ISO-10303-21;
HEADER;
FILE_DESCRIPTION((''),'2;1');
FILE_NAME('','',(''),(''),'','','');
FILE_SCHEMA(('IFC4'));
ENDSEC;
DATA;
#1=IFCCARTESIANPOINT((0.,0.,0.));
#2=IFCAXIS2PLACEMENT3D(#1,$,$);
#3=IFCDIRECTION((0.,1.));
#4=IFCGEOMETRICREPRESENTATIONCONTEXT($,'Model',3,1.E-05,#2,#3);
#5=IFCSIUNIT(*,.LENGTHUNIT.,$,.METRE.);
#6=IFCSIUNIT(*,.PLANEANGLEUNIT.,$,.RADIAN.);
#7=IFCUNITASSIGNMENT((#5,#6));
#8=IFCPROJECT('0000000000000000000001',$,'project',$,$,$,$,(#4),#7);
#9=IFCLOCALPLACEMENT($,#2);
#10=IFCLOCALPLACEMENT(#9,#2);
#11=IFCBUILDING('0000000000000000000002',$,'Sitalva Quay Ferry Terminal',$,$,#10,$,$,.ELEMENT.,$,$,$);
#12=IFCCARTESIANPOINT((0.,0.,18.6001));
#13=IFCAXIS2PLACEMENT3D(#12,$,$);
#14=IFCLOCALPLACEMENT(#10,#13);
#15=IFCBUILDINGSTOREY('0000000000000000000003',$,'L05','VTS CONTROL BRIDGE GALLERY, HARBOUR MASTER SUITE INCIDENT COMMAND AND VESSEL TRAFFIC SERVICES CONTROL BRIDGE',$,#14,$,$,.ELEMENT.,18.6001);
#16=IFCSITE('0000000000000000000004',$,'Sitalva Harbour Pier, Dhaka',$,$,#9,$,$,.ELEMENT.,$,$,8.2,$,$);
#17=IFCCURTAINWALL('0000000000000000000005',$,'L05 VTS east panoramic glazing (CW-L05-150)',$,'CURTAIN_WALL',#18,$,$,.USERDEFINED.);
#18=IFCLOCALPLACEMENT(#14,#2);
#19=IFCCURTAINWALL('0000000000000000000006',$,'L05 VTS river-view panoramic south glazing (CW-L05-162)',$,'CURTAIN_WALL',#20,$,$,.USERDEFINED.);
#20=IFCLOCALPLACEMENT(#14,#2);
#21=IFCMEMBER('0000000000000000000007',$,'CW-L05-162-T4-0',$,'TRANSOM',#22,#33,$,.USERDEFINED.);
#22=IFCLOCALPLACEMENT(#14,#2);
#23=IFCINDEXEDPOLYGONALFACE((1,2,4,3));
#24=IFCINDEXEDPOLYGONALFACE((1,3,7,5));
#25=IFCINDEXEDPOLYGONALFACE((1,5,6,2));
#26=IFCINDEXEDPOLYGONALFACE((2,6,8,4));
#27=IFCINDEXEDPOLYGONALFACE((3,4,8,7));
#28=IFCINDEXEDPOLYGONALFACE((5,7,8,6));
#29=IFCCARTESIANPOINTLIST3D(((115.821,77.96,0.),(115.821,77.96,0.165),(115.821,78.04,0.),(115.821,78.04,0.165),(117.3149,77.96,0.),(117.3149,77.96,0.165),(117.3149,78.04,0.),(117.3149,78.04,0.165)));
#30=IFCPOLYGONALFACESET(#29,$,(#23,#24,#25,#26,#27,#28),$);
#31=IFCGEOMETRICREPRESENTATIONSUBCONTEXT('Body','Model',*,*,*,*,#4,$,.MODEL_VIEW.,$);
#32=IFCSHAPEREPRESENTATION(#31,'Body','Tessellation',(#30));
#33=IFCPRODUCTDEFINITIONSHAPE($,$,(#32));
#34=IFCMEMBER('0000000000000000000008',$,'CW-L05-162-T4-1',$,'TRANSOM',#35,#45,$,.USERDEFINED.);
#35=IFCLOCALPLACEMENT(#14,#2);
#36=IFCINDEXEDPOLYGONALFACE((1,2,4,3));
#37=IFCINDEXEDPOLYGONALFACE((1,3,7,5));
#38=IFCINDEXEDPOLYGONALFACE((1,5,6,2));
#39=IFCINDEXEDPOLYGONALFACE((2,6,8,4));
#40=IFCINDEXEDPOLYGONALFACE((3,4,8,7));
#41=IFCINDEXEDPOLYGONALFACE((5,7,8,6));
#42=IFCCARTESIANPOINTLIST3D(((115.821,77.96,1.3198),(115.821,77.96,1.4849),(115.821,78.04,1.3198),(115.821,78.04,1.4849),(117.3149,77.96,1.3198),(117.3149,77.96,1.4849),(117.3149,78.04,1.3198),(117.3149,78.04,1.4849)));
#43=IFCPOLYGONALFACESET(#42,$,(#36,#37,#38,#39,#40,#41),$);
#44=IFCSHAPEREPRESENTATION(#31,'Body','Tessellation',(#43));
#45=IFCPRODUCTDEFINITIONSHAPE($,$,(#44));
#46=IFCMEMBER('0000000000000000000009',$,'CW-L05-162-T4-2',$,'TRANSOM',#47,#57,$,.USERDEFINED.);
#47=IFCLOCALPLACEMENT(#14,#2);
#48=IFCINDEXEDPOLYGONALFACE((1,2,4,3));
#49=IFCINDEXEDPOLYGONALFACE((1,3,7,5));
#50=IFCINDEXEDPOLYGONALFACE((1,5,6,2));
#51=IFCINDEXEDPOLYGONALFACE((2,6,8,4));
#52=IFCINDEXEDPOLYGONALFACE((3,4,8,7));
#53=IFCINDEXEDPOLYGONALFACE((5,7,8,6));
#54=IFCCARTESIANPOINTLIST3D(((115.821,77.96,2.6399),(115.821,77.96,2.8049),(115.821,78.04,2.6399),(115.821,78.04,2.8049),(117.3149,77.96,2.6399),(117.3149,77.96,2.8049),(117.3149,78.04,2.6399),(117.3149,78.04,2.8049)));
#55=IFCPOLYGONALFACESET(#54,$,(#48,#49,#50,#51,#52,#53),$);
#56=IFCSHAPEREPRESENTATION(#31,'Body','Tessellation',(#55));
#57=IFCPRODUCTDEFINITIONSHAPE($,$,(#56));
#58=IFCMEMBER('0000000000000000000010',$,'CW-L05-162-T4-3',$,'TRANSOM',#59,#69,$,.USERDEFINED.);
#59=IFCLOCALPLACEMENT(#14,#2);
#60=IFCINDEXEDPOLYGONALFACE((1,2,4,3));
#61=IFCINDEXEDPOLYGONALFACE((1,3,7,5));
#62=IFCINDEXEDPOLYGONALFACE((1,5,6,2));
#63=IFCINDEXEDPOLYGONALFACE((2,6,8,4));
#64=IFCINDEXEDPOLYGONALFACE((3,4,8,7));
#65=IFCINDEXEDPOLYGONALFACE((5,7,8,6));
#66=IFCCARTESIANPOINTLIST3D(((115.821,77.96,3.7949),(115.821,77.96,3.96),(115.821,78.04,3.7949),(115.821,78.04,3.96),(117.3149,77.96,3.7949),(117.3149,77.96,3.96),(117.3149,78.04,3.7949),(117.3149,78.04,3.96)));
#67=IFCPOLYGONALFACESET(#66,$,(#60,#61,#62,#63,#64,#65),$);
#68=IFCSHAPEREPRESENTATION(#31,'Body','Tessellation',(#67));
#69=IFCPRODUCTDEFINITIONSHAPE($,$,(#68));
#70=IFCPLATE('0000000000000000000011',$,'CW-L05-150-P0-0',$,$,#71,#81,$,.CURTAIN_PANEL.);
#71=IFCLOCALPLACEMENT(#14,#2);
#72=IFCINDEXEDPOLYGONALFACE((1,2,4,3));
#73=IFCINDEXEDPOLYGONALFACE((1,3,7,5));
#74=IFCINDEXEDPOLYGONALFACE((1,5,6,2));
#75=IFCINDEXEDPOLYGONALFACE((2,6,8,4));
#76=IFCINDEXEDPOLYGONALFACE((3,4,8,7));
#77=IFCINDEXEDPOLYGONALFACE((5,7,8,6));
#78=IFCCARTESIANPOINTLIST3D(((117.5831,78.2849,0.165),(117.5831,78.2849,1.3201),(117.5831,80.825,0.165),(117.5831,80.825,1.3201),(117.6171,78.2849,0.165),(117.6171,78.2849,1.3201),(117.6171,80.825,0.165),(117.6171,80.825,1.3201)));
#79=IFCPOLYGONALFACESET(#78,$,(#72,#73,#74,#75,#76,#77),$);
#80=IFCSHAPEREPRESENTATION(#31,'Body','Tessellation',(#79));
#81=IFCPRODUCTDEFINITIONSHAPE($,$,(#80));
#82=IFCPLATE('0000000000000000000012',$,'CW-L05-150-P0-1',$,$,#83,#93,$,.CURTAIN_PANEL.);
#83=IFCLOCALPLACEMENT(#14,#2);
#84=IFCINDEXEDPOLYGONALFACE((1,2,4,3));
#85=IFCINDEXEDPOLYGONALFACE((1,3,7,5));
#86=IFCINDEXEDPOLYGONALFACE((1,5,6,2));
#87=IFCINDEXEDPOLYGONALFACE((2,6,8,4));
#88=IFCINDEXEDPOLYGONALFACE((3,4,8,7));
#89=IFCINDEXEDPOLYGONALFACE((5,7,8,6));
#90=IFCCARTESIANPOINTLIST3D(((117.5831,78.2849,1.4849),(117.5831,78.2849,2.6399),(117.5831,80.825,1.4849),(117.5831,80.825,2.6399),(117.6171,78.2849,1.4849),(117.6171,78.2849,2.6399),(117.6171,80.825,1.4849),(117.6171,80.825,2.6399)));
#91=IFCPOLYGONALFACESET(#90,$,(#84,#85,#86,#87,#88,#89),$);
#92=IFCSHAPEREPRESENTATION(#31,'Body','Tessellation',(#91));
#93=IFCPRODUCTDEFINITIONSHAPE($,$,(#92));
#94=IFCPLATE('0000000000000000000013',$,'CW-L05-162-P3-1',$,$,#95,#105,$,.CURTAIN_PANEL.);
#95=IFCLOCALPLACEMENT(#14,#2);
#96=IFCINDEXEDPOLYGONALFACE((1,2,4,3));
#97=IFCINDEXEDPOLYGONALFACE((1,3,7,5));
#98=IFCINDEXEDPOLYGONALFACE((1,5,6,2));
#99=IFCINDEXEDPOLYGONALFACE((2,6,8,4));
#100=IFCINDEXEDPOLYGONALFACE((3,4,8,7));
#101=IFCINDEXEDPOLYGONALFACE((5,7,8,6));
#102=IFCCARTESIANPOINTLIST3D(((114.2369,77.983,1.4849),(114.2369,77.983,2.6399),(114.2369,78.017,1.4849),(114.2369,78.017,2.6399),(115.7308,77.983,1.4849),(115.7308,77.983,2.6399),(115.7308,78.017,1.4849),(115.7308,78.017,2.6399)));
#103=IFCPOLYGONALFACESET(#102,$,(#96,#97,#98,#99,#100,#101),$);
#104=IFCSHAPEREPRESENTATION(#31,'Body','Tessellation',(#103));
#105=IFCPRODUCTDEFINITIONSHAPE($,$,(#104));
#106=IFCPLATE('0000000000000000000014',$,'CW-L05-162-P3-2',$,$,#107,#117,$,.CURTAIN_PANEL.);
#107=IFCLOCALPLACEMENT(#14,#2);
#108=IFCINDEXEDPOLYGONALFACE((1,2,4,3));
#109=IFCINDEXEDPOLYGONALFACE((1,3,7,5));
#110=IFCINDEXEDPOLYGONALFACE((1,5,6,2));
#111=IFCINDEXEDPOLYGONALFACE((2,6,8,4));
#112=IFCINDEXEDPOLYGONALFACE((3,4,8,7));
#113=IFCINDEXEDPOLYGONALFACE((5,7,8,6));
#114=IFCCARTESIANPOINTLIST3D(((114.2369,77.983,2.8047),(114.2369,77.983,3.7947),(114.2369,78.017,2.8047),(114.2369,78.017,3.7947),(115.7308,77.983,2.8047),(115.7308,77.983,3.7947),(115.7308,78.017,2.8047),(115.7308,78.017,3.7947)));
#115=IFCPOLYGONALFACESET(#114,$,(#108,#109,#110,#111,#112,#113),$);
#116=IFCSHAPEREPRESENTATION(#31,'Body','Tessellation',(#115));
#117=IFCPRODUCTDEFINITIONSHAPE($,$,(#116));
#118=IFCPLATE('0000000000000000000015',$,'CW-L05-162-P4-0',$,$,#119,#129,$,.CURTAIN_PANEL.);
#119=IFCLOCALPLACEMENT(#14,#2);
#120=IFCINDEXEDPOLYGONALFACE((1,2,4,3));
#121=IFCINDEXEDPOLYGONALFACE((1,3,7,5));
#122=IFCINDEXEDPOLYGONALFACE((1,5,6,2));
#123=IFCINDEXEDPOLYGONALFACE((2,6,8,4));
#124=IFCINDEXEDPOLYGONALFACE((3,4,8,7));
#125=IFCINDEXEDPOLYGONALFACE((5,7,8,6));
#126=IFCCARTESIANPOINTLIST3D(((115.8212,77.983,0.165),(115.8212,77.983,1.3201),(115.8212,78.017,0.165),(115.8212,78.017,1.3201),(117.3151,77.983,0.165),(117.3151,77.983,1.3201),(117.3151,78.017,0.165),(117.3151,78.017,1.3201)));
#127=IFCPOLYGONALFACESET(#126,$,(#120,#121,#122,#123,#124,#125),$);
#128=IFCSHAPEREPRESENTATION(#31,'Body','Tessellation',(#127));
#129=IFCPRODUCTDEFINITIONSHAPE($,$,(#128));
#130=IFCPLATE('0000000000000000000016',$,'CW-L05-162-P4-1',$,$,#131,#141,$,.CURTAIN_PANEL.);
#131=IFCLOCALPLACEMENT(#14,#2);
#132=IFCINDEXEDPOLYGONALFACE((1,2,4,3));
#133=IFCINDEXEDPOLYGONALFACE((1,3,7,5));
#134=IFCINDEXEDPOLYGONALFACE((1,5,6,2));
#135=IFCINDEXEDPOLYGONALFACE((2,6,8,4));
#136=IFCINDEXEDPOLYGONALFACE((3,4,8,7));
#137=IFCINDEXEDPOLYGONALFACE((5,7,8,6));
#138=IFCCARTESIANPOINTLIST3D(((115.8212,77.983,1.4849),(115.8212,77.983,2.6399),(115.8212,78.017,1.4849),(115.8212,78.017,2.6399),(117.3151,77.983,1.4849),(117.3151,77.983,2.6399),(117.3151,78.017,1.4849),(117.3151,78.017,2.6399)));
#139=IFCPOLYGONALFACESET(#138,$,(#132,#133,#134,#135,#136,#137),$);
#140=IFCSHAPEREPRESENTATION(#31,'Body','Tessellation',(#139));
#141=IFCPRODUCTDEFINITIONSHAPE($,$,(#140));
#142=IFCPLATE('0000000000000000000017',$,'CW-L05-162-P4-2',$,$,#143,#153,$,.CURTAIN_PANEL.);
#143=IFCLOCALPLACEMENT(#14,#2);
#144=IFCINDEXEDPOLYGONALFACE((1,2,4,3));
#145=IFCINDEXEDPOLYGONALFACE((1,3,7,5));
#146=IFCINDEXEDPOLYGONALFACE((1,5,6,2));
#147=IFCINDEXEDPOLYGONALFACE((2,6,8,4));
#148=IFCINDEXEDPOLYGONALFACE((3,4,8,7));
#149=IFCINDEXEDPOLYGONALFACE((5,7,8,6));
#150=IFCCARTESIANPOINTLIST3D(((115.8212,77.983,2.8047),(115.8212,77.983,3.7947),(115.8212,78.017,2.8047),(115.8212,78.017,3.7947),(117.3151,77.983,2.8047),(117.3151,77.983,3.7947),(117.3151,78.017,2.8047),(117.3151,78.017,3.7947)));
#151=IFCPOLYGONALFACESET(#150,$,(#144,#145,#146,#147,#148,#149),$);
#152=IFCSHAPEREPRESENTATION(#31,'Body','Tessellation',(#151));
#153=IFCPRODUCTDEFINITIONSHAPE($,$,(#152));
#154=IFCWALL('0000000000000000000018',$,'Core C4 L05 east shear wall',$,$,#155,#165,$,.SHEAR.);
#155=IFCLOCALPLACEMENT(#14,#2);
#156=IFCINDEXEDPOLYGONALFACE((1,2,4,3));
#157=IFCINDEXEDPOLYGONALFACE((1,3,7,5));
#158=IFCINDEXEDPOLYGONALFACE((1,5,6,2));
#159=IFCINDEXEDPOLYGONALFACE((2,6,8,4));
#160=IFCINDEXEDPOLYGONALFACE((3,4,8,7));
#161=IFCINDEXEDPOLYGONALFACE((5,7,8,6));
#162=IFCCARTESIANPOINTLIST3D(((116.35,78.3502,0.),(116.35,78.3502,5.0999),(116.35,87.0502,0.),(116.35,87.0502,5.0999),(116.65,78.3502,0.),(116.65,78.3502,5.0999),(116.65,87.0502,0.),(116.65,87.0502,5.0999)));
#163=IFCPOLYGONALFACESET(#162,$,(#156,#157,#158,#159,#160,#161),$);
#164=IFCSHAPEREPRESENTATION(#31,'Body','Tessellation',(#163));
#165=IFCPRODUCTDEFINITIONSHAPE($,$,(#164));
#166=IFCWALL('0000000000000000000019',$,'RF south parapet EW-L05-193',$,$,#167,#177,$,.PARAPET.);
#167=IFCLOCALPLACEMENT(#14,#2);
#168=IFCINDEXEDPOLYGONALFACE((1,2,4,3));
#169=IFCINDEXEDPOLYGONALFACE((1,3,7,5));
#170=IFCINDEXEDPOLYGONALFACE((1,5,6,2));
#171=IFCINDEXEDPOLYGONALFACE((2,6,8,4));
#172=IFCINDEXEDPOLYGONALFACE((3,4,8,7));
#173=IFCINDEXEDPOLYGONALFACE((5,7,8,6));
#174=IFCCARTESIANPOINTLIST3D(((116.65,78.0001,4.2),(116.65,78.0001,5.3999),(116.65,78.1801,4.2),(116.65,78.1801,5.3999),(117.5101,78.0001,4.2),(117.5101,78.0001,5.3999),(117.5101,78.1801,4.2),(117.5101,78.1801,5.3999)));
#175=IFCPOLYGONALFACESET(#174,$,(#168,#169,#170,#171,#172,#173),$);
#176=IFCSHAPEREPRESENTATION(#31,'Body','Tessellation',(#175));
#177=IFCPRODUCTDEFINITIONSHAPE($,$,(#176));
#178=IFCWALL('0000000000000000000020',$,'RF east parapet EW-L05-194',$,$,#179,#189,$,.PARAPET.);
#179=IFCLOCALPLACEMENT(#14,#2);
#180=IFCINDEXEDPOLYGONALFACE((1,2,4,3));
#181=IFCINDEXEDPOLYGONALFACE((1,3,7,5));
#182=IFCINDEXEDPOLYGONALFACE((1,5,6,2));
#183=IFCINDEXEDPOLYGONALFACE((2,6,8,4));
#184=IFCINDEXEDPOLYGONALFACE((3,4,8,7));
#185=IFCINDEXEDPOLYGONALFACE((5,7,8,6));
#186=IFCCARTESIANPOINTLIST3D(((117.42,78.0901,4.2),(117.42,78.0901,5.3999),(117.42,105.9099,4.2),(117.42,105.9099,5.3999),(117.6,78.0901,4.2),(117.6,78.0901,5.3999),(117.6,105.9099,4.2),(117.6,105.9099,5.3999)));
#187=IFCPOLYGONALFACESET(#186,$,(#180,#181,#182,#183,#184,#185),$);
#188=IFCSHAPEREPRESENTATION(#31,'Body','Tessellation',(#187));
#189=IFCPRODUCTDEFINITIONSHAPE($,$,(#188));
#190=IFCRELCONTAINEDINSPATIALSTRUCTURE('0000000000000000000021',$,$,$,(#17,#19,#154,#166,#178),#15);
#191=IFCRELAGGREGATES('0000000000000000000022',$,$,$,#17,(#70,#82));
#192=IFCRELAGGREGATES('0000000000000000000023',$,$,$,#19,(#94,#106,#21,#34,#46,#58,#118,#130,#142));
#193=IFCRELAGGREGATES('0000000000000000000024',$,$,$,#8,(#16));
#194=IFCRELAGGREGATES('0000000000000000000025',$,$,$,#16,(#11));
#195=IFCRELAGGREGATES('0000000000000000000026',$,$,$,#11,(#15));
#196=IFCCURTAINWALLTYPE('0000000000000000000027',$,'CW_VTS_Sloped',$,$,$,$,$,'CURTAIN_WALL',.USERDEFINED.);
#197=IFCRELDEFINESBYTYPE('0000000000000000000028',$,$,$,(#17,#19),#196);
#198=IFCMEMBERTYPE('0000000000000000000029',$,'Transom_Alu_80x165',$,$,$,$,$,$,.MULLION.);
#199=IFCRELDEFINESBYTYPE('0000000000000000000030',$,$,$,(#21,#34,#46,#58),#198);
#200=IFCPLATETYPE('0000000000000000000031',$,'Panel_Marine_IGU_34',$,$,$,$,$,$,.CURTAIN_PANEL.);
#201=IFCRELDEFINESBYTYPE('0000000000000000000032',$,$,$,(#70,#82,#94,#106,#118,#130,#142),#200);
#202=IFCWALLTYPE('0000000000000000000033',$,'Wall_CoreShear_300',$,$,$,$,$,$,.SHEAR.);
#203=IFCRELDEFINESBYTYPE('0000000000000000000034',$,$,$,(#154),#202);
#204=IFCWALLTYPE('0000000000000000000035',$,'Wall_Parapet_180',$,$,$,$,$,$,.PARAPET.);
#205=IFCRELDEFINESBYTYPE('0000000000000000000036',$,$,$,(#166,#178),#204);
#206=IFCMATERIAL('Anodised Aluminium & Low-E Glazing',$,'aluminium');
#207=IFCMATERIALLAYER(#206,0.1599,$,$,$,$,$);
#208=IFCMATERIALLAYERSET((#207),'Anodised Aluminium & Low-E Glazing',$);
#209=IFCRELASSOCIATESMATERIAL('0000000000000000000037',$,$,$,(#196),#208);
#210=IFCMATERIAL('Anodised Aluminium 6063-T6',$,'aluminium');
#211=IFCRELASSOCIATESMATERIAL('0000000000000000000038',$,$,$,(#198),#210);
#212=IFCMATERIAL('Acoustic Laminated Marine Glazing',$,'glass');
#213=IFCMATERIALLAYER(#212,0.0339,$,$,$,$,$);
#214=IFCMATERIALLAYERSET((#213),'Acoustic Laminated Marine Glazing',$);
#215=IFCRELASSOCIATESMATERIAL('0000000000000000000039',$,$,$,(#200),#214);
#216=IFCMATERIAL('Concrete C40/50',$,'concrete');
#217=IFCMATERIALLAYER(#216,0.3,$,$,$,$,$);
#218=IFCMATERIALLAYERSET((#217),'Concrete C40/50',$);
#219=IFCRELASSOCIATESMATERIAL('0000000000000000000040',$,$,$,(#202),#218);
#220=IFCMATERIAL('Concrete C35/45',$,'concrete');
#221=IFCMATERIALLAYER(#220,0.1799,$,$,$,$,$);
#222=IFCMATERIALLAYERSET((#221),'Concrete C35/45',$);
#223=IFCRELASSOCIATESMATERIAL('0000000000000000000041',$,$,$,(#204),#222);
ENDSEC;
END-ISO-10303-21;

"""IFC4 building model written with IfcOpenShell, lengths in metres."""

from ifc_helpers import new_model, si_unit, direction, frame, frame_2d, origin, origin_2d, place, context, subcontext, project, spatial, rectangle, extrude, material, layer, layer_set, material_profile, profile_set, type_object, element, aggregate, save


model = new_model("IFC4")

# Units and contexts
model_context = context("Model", 3, precision=1e-05, world=origin(), true_north=direction((0.0, 1.0)))
body_context = subcontext(model_context, "Body", "Model", "MODEL_VIEW")
ifc_project = project(units=[si_unit("LENGTHUNIT", "METRE"), si_unit("PLANEANGLEUNIT", "RADIAN")], contexts=[model_context])

# Site, building, storey
site_placement = place(None, origin())
site = spatial("IfcSite", under=ifc_project, at=site_placement, Name="Sitalva Harbour Pier, Dhaka", CompositionType="ELEMENT", RefElevation=8.2)
building_placement = place(site_placement, origin())
building = spatial("IfcBuilding", under=site, at=building_placement, Name="Sitalva Quay Ferry Terminal", CompositionType="ELEMENT")
storey_placement = place(building_placement, frame((0.0, 0.0, 18.6001)))
storey = spatial("IfcBuildingStorey", under=building, at=storey_placement, Name="L05", Description="VTS CONTROL BRIDGE GALLERY, HARBOUR MASTER SUITE INCIDENT COMMAND AND VESSEL TRAFFIC SERVICES CONTROL BRIDGE", CompositionType="ELEMENT", Elevation=18.6001)

# Curtain wall
ifc_material_1 = material(Name="Anodised Aluminium & Low-E Glazing", Category="aluminium")
ifc_layer_1 = layer(ifc_material_1, 0.1599)
ifc_layer_set_1 = layer_set([ifc_layer_1], Name="Anodised Aluminium & Low-E Glazing")
curtain_wall_type = type_object("IfcCurtainWallType", Name="CW_VTS_Sloped", ElementType="CURTAIN_WALL", PredefinedType="USERDEFINED", material=ifc_layer_set_1)
curtain_wall_1_placement = place(storey_placement, origin())
curtain_wall_1 = element("IfcCurtainWall", 1, at=curtain_wall_1_placement, inside=storey, type_object=curtain_wall_type, Name="L05 VTS east panoramic glazing (CW-L05-150)", ObjectType="CURTAIN_WALL", PredefinedType="USERDEFINED")

# Curtain wall
curtain_wall_2_placement = place(storey_placement, origin())
curtain_wall_2 = element("IfcCurtainWall", 2, at=curtain_wall_2_placement, inside=storey, type_object=curtain_wall_type, Name="L05 VTS river-view panoramic south glazing (CW-L05-162)", ObjectType="CURTAIN_WALL", PredefinedType="USERDEFINED")

# Members
ifc_material_2 = material(Name="Anodised Aluminium 6063-T6", Category="aluminium")
ifc_material_profile_1 = material_profile(ifc_material_2, rectangle(XDim=0.0801, YDim=0.165, at=origin_2d()), Name="ALU80x165")
ifc_profile_set_1 = profile_set([ifc_material_profile_1], Name="Anodised Aluminium 6063-T6")
member_type_1 = type_object("IfcMemberType", Name="Transom_Alu_80x165", PredefinedType="MULLION", material=ifc_profile_set_1)
member_1_placement = place(storey_placement, frame((115.821, 78.0, 0.0825), z_axis=(1.0, 0.0, 0.0), x_axis=(0.0, 1.0, 0.0)))
member_1 = element("IfcMember", 3, at=member_1_placement, type_object=member_type_1, Name="CW-L05-162-T4-0", ObjectType="TRANSOM", PredefinedType="USERDEFINED", context=body_context, shape_type="SweptSolid", body=[
    extrude(rectangle(XDim=0.0801, YDim=0.165, at=origin_2d()), origin(), (0.0, 0.0, 1.0), 1.4939),
])
member_2_placement = place(storey_placement, frame((115.821, 78.0, 1.4023), z_axis=(1.0, 0.0, 0.0), x_axis=(0.0, 1.0, 0.0)))
member_2 = element("IfcMember", 4, at=member_2_placement, type_object=member_type_1, Name="CW-L05-162-T4-1", ObjectType="TRANSOM", PredefinedType="USERDEFINED", context=body_context, shape_type="SweptSolid", body=[
    extrude(rectangle(XDim=0.0801, YDim=0.165, at=origin_2d()), origin(), (0.0, 0.0, 1.0), 1.4939),
])
member_3_placement = place(storey_placement, frame((115.821, 78.0, 2.7224), z_axis=(1.0, 0.0, 0.0), x_axis=(0.0, 1.0, 0.0)))
member_3 = element("IfcMember", 5, at=member_3_placement, type_object=member_type_1, Name="CW-L05-162-T4-2", ObjectType="TRANSOM", PredefinedType="USERDEFINED", context=body_context, shape_type="SweptSolid", body=[
    extrude(rectangle(XDim=0.0801, YDim=0.165, at=origin_2d()), origin(), (0.0, 0.0, 1.0), 1.4939),
])
member_4_placement = place(storey_placement, frame((115.821, 78.0, 3.8774), z_axis=(1.0, 0.0, 0.0), x_axis=(0.0, 1.0, 0.0)))
member_4 = element("IfcMember", 6, at=member_4_placement, type_object=member_type_1, Name="CW-L05-162-T4-3", ObjectType="TRANSOM", PredefinedType="USERDEFINED", context=body_context, shape_type="SweptSolid", body=[
    extrude(rectangle(XDim=0.0801, YDim=0.165, at=origin_2d()), origin(), (0.0, 0.0, 1.0), 1.4939),
])

# Plates
ifc_material_3 = material(Name="Acoustic Laminated Marine Glazing", Category="glass")
ifc_layer_2 = layer(ifc_material_3, 0.0339)
ifc_layer_set_2 = layer_set([ifc_layer_2], Name="Acoustic Laminated Marine Glazing")
plate_type = type_object("IfcPlateType", Name="Panel_Marine_IGU_34", PredefinedType="CURTAIN_PANEL", material=ifc_layer_set_2)
plate_1_placement = place(storey_placement, frame((117.6001, 79.5549, 0.165), z_axis=(0.0, 0.0, 1.0), x_axis=(0.0, 1.0, 0.0)))
plate_1 = element("IfcPlate", 7, at=plate_1_placement, type_object=plate_type, Name="CW-L05-150-P0-0", PredefinedType="CURTAIN_PANEL", context=body_context, shape_type="SweptSolid", body=[
    extrude(rectangle(XDim=2.54, YDim=0.0339, at=origin_2d()), origin(), (0.0, 0.0, 1.0), 1.155),
])
plate_2_placement = place(storey_placement, frame((117.6001, 79.5549, 1.4849), z_axis=(0.0, 0.0, 1.0), x_axis=(0.0, 1.0, 0.0)))
plate_2 = element("IfcPlate", 8, at=plate_2_placement, type_object=plate_type, Name="CW-L05-150-P0-1", PredefinedType="CURTAIN_PANEL", context=body_context, shape_type="SweptSolid", body=[
    extrude(rectangle(XDim=2.54, YDim=0.0339, at=origin_2d()), origin(), (0.0, 0.0, 1.0), 1.155),
])
aggregate(curtain_wall_1, [plate_1, plate_2])
plate_3_placement = place(storey_placement, frame((114.9839, 78.0, 1.4849), z_axis=(0.0, 0.0, 1.0), x_axis=(1.0, 0.0, 0.0)))
plate_3 = element("IfcPlate", 9, at=plate_3_placement, type_object=plate_type, Name="CW-L05-162-P3-1", PredefinedType="CURTAIN_PANEL", context=body_context, shape_type="SweptSolid", body=[
    extrude(rectangle(XDim=1.4939, YDim=0.0339, at=origin_2d()), origin(), (0.0, 0.0, 1.0), 1.155),
])
plate_4_placement = place(storey_placement, frame((114.9839, 78.0, 2.8047), z_axis=(0.0, 0.0, 1.0), x_axis=(1.0, 0.0, 0.0)))
plate_4 = element("IfcPlate", 10, at=plate_4_placement, type_object=plate_type, Name="CW-L05-162-P3-2", PredefinedType="CURTAIN_PANEL", context=body_context, shape_type="SweptSolid", body=[
    extrude(rectangle(XDim=1.4939, YDim=0.0339, at=origin_2d()), origin(), (0.0, 0.0, 1.0), 0.99),
])
plate_5_placement = place(storey_placement, frame((116.5681, 78.0, 0.165), z_axis=(0.0, 0.0, 1.0), x_axis=(1.0, 0.0, 0.0)))
plate_5 = element("IfcPlate", 11, at=plate_5_placement, type_object=plate_type, Name="CW-L05-162-P4-0", PredefinedType="CURTAIN_PANEL", context=body_context, shape_type="SweptSolid", body=[
    extrude(rectangle(XDim=1.4939, YDim=0.0339, at=origin_2d()), origin(), (0.0, 0.0, 1.0), 1.155),
])
plate_6_placement = place(storey_placement, frame((116.5681, 78.0, 1.4849), z_axis=(0.0, 0.0, 1.0), x_axis=(1.0, 0.0, 0.0)))
plate_6 = element("IfcPlate", 12, at=plate_6_placement, type_object=plate_type, Name="CW-L05-162-P4-1", PredefinedType="CURTAIN_PANEL", context=body_context, shape_type="SweptSolid", body=[
    extrude(rectangle(XDim=1.4939, YDim=0.0339, at=origin_2d()), origin(), (0.0, 0.0, 1.0), 1.155),
])
plate_7_placement = place(storey_placement, frame((116.5681, 78.0, 2.8047), z_axis=(0.0, 0.0, 1.0), x_axis=(1.0, 0.0, 0.0)))
plate_7 = element("IfcPlate", 13, at=plate_7_placement, type_object=plate_type, Name="CW-L05-162-P4-2", PredefinedType="CURTAIN_PANEL", context=body_context, shape_type="SweptSolid", body=[
    extrude(rectangle(XDim=1.4939, YDim=0.0339, at=origin_2d()), origin(), (0.0, 0.0, 1.0), 0.99),
])
aggregate(curtain_wall_2, [plate_3, plate_4, member_1, member_2, member_3, member_4, plate_5, plate_6, plate_7])

# Walls
ifc_material_4 = material(Name="Concrete C40/50", Category="concrete")
ifc_layer_3 = layer(ifc_material_4, 0.3)
ifc_layer_set_3 = layer_set([ifc_layer_3], Name="Concrete C40/50")
wall_type_1 = type_object("IfcWallType", Name="Wall_CoreShear_300", PredefinedType="SHEAR", material=ifc_layer_set_3)
wall_1_placement = place(storey_placement, frame((116.5, 78.3501, 0.0), z_axis=(0.0, 0.0, 1.0), x_axis=(0.0, 1.0, 0.0)))
element("IfcWall", 14, at=wall_1_placement, inside=storey, type_object=wall_type_1, Name="Core C4 L05 east shear wall", PredefinedType="SHEAR", context=body_context, shape_type="SweptSolid", body=[
    extrude(rectangle(XDim=8.7, YDim=0.3, at=frame_2d((4.3501, 0.0))), origin(), (0.0, 0.0, 1.0), 5.0999),
])
ifc_material_5 = material(Name="Concrete C35/45", Category="concrete")
ifc_layer_4 = layer(ifc_material_5, 0.1799)
ifc_layer_set_4 = layer_set([ifc_layer_4], Name="Concrete C35/45")
wall_type_2 = type_object("IfcWallType", Name="Wall_Parapet_180", PredefinedType="PARAPET", material=ifc_layer_set_4)
wall_2_placement = place(storey_placement, frame((116.6499, 78.0901, 4.2), z_axis=(0.0, 0.0, 1.0), x_axis=(1.0, 0.0, 0.0)))
element("IfcWall", 15, at=wall_2_placement, inside=storey, type_object=wall_type_2, Name="RF south parapet EW-L05-193", PredefinedType="PARAPET", context=body_context, shape_type="SweptSolid", body=[
    extrude(rectangle(XDim=0.8601, YDim=0.1799, at=frame_2d((0.4302, 0.0))), origin(), (0.0, 0.0, 1.0), 1.2),
])
wall_3_placement = place(storey_placement, frame((117.51, 78.0901, 4.2), z_axis=(0.0, 0.0, 1.0), x_axis=(0.0, 1.0, 0.0)))
element("IfcWall", 16, at=wall_3_placement, inside=storey, type_object=wall_type_2, Name="RF east parapet EW-L05-194", PredefinedType="PARAPET", context=body_context, shape_type="SweptSolid", body=[
    extrude(rectangle(XDim=27.8198, YDim=0.1799, at=frame_2d((13.9099, 0.0))), origin(), (0.0, 0.0, 1.0), 1.2),
])

save(model, "model.ifc")
